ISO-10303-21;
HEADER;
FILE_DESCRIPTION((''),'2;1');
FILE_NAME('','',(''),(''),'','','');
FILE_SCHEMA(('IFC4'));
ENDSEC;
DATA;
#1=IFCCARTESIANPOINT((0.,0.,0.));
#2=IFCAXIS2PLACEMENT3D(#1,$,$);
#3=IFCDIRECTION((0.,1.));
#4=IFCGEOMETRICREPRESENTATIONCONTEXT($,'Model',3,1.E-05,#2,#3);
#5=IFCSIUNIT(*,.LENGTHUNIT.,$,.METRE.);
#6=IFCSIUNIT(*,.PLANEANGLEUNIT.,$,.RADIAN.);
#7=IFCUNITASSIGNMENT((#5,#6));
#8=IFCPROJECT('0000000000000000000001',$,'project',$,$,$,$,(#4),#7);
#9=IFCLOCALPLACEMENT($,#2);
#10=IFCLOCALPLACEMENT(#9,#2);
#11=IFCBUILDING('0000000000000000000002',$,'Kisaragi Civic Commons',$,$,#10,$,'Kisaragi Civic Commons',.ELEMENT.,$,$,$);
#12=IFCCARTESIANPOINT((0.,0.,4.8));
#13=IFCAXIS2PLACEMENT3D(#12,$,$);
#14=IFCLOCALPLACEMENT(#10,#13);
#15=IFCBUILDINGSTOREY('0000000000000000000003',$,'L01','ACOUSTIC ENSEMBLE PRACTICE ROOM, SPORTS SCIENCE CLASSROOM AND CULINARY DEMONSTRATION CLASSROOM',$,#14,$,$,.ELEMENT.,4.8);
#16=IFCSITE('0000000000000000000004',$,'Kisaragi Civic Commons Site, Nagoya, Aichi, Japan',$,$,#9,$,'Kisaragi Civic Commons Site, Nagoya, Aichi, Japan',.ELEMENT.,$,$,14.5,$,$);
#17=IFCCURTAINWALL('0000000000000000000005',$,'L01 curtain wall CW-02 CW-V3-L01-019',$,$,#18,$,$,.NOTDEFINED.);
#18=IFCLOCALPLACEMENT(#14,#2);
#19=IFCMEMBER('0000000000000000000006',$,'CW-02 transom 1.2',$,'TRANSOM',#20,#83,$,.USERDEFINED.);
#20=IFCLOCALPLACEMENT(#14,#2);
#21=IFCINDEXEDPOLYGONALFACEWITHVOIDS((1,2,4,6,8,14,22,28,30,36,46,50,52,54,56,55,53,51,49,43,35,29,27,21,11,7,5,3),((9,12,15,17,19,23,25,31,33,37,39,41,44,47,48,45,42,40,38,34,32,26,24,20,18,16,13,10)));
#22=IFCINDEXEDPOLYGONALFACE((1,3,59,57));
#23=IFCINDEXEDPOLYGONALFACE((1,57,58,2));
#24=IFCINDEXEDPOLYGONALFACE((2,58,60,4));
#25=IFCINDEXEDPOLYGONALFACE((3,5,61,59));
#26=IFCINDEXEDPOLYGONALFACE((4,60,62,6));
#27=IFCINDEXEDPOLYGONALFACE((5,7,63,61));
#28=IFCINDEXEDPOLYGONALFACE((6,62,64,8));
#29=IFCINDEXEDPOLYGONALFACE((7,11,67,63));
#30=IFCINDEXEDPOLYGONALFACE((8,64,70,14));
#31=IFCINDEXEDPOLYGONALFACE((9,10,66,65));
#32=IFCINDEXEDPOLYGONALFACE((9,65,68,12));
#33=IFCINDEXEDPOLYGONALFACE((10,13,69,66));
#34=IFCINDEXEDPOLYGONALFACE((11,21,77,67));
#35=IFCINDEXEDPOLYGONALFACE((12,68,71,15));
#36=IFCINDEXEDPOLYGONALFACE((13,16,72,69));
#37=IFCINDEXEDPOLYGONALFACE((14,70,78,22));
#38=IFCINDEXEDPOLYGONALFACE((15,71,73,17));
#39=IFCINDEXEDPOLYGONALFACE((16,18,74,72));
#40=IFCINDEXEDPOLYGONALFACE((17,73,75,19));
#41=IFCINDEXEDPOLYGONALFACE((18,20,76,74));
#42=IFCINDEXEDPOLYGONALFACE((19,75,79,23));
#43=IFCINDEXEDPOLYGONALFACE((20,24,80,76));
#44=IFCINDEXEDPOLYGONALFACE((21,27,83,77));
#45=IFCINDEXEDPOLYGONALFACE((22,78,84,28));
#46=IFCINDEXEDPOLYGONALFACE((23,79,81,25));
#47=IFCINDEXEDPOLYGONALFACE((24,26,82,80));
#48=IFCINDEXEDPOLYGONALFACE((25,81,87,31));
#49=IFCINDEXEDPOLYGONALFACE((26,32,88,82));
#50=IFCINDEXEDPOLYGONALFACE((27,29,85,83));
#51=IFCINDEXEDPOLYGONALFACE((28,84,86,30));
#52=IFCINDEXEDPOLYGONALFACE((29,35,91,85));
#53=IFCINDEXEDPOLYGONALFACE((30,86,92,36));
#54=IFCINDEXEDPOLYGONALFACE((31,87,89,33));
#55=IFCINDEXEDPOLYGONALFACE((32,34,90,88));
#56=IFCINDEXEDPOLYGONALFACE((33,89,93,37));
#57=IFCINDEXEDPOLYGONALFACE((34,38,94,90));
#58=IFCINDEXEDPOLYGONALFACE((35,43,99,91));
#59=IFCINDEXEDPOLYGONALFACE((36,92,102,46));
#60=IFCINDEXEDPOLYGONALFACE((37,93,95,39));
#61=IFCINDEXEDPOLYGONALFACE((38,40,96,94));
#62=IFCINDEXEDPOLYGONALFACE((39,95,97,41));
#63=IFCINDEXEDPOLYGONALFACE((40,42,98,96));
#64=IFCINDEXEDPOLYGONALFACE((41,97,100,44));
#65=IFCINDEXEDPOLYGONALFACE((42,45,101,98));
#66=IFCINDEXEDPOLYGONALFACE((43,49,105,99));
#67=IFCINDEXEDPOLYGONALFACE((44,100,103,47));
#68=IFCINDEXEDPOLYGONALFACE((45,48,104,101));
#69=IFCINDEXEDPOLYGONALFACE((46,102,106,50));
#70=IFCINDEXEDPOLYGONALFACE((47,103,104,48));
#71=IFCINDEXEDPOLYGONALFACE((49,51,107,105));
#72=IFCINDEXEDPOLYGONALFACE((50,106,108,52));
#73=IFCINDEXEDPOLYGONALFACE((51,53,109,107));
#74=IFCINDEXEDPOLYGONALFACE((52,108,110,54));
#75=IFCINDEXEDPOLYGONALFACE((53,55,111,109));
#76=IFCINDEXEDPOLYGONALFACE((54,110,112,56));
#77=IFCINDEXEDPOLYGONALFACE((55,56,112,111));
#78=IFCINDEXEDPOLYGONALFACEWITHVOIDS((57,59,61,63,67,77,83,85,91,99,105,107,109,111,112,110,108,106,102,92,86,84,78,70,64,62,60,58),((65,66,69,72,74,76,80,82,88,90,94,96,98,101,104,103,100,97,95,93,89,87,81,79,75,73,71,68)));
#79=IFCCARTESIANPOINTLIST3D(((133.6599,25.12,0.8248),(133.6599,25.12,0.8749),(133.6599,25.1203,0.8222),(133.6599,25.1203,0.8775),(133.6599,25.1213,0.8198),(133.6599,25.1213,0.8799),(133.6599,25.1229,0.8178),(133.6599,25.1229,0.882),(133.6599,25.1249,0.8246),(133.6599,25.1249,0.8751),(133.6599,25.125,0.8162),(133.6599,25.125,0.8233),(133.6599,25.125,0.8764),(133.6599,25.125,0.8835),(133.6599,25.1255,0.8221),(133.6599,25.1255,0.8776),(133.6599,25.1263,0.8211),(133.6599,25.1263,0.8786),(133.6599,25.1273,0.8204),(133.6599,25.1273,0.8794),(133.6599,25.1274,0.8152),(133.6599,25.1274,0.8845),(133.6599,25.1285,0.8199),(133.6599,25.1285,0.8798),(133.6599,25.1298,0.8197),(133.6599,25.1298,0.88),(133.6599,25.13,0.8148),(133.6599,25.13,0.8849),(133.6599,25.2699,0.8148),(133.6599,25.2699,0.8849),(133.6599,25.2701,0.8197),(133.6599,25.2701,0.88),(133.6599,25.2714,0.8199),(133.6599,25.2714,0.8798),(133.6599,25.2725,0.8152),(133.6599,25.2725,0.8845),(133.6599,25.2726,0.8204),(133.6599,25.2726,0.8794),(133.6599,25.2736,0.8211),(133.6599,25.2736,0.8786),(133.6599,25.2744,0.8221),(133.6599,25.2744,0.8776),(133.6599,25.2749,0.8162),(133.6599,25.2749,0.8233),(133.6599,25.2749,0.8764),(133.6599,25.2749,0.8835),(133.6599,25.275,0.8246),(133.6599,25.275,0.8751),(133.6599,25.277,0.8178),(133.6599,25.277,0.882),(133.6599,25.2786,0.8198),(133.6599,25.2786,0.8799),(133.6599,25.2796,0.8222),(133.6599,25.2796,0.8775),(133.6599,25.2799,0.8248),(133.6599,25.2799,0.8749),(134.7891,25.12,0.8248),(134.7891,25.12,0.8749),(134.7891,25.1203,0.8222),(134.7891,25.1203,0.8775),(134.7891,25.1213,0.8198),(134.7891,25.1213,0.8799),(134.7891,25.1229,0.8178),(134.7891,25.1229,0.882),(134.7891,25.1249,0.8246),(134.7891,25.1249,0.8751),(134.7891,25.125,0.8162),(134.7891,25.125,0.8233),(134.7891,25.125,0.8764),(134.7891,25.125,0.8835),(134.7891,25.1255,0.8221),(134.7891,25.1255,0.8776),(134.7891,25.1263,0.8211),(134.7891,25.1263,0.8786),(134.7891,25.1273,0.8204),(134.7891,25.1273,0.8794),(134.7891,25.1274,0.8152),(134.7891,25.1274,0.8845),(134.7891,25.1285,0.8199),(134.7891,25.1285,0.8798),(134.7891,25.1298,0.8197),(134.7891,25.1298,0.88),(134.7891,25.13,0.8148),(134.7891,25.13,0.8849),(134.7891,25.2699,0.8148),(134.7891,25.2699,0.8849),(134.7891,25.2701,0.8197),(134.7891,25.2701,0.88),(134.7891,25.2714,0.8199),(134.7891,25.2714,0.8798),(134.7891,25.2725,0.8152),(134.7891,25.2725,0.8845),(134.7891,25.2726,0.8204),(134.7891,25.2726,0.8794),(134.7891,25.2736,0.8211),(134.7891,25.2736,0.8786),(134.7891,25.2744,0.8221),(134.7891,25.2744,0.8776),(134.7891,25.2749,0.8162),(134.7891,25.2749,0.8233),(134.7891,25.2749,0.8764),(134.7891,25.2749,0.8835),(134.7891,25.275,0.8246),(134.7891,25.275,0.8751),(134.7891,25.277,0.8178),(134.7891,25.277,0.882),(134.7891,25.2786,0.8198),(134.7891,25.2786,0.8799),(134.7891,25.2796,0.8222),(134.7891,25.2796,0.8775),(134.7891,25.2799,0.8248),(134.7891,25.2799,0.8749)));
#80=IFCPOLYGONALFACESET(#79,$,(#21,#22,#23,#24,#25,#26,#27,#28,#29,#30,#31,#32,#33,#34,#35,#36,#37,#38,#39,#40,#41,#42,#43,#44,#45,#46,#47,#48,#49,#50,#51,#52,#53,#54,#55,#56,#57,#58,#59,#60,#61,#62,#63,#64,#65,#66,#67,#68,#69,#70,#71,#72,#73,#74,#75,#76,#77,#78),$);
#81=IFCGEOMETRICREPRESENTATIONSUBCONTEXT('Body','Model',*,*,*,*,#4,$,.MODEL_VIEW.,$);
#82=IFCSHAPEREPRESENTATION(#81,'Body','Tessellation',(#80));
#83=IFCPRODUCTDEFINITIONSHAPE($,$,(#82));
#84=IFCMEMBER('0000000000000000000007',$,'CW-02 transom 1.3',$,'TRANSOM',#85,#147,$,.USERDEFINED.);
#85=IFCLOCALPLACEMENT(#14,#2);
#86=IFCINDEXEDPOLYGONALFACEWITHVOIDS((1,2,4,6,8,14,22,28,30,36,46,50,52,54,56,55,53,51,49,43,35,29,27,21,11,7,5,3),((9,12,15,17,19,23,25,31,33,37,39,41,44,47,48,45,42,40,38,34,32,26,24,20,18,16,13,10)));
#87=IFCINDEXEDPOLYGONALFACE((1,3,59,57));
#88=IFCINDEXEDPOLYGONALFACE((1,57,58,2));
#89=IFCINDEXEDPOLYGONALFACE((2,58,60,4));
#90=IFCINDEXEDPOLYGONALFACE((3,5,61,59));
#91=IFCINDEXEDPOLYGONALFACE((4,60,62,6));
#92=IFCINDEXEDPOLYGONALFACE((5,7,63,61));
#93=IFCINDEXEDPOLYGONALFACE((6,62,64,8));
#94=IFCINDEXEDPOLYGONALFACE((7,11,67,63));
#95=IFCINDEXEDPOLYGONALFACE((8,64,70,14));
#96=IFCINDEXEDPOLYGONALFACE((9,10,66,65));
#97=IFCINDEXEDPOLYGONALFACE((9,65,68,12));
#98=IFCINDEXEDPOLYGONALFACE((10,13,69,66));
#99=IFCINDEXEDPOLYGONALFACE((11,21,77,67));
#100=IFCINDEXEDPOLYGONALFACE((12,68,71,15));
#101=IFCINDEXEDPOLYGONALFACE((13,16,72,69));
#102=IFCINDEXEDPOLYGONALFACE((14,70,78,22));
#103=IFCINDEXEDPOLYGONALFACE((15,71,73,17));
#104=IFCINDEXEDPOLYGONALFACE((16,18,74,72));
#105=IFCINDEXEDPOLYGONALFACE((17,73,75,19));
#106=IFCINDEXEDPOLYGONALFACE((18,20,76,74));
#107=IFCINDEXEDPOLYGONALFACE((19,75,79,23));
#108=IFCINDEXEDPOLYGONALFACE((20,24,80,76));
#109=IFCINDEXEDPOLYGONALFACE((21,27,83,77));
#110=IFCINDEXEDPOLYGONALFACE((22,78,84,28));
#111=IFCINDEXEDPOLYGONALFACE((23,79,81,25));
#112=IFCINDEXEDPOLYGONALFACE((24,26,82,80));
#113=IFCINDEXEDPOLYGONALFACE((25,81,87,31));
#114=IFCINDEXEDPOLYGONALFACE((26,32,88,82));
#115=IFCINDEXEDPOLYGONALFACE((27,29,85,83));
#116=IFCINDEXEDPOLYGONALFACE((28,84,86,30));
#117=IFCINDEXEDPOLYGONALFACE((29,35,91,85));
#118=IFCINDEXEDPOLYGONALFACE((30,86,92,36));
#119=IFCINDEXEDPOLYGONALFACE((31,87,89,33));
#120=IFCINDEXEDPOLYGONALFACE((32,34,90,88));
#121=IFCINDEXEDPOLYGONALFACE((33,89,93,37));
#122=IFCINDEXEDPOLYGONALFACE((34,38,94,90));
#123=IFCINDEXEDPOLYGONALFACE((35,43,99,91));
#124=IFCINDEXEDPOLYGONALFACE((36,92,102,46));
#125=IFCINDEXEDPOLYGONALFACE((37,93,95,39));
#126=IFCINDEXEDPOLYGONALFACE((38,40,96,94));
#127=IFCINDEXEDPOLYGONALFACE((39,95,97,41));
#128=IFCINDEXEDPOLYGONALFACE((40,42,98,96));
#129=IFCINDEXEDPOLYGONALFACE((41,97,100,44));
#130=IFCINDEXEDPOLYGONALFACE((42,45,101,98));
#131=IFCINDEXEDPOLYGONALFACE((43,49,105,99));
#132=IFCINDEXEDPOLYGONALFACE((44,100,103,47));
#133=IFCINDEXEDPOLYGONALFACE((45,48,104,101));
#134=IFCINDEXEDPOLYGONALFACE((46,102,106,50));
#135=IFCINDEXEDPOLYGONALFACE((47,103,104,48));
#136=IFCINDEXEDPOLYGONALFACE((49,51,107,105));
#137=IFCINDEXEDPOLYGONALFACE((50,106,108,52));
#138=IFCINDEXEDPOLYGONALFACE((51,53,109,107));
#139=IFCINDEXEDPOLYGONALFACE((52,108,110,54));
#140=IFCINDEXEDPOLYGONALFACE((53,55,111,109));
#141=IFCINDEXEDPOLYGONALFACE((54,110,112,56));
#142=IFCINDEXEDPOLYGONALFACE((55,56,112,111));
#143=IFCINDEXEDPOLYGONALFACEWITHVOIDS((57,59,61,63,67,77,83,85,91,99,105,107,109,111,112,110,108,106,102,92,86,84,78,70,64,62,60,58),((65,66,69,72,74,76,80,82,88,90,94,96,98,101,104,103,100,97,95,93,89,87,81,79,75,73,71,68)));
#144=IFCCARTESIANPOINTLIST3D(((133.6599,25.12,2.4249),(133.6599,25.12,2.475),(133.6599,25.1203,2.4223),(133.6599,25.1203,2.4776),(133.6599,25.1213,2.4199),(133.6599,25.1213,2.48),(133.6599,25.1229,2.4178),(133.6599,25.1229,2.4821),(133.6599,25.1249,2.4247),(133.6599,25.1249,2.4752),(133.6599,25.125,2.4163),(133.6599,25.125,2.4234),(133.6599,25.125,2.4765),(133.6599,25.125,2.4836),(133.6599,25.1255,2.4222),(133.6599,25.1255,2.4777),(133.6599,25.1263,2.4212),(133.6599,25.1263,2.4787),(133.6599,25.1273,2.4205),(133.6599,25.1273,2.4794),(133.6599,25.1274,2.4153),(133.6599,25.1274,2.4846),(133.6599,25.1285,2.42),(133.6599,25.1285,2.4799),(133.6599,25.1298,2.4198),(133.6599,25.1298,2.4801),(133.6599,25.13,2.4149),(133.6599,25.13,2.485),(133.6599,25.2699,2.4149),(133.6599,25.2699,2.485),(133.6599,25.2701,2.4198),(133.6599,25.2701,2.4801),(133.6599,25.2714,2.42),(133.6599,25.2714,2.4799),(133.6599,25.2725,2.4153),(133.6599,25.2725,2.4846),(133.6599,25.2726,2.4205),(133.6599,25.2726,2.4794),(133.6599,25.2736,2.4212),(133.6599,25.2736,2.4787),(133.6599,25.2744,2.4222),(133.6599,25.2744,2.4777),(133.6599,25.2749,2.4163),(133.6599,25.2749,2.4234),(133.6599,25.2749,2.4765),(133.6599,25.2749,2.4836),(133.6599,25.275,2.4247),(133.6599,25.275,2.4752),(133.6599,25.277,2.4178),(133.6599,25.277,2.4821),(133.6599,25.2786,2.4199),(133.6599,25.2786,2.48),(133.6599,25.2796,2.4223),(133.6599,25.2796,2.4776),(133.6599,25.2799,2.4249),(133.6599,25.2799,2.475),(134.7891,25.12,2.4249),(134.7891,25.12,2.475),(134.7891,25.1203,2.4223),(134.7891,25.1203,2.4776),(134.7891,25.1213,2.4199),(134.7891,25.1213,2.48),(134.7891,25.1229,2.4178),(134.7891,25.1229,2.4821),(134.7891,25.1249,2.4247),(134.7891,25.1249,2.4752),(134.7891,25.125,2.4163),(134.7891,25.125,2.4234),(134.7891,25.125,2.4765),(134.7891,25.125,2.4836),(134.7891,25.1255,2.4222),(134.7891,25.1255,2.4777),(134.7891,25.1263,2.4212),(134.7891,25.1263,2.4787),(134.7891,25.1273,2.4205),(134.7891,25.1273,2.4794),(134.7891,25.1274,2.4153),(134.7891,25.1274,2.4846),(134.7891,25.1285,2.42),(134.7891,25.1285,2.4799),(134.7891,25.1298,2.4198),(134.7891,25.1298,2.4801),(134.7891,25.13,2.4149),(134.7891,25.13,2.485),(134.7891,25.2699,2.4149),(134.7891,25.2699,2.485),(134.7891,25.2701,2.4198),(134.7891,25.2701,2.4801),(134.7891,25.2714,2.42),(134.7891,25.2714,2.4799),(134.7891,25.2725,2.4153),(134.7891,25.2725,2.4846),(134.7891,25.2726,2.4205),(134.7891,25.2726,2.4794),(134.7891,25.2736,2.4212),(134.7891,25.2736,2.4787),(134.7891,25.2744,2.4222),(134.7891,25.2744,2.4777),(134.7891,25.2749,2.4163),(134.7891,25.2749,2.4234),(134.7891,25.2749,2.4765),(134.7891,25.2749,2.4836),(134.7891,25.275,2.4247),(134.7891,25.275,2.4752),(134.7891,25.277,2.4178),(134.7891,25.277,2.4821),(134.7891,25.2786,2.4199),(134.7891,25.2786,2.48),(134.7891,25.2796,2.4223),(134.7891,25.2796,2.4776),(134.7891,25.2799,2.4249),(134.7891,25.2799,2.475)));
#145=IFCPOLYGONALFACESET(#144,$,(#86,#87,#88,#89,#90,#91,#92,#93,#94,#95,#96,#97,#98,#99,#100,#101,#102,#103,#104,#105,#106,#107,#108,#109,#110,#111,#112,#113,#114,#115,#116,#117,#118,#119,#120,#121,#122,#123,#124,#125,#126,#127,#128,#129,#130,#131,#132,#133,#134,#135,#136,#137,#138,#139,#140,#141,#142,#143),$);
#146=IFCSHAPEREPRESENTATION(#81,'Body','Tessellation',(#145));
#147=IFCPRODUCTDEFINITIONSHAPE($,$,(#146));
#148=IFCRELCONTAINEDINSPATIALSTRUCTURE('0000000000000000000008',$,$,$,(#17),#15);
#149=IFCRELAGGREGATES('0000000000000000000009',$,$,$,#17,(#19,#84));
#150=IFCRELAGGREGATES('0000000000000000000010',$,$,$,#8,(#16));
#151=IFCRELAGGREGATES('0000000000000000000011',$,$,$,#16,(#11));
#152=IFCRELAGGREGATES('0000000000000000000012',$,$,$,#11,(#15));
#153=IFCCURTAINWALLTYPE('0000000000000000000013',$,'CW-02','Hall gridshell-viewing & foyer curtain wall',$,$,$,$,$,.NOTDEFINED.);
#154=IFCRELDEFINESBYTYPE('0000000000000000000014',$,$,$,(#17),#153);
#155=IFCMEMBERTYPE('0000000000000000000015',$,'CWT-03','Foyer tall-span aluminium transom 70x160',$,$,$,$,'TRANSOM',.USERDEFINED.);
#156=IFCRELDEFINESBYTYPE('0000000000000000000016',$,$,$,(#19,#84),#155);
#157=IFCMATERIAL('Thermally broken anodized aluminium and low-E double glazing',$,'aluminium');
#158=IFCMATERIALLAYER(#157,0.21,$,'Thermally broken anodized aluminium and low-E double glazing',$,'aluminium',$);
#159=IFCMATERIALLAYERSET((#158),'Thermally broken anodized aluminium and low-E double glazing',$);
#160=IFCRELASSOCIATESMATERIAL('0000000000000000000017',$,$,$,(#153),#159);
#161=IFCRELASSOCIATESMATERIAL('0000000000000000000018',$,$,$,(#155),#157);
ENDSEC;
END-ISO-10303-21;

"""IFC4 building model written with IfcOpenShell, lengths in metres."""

from ifc_helpers import new_model, si_unit, direction, frame, origin, origin_2d, place, context, subcontext, project, spatial, hollow_rectangle, extrude, material, layer, layer_set, material_profile, profile_set, type_object, element, aggregate, save


model = new_model("IFC4")

# Units and contexts
model_context = context("Model", 3, precision=1e-05, world=origin(), true_north=direction((0.0, 1.0)))
body_context = subcontext(model_context, "Body", "Model", "MODEL_VIEW")
ifc_project = project(units=[si_unit("LENGTHUNIT", "METRE"), si_unit("PLANEANGLEUNIT", "RADIAN")], contexts=[model_context])

# Site, building, storey
site_placement = place(None, origin())
site = spatial("IfcSite", under=ifc_project, at=site_placement, Name="Kisaragi Civic Commons Site, Nagoya, Aichi, Japan", LongName="Kisaragi Civic Commons Site, Nagoya, Aichi, Japan", CompositionType="ELEMENT", RefElevation=14.5)
building_placement = place(site_placement, origin())
building = spatial("IfcBuilding", under=site, at=building_placement, Name="Kisaragi Civic Commons", LongName="Kisaragi Civic Commons", CompositionType="ELEMENT")
storey_placement = place(building_placement, frame((0.0, 0.0, 4.8)))
storey = spatial("IfcBuildingStorey", under=building, at=storey_placement, Name="L01", Description="ACOUSTIC ENSEMBLE PRACTICE ROOM, SPORTS SCIENCE CLASSROOM AND CULINARY DEMONSTRATION CLASSROOM", CompositionType="ELEMENT", Elevation=4.8)

# Curtain wall, members
ifc_material_1 = material(Name="Thermally broken anodized aluminium and low-E double glazing", Category="aluminium")
ifc_layer_1 = layer(ifc_material_1, 0.21, Name="Thermally broken anodized aluminium and low-E double glazing", Category="aluminium")
ifc_layer_set_1 = layer_set([ifc_layer_1], Name="Thermally broken anodized aluminium and low-E double glazing")
curtain_wall_type = type_object("IfcCurtainWallType", Name="CW-02", Description="Hall gridshell-viewing & foyer curtain wall", PredefinedType="NOTDEFINED", material=ifc_layer_set_1)
curtain_wall_placement = place(storey_placement, origin())
curtain_wall = element("IfcCurtainWall", 1, at=curtain_wall_placement, inside=storey, type_object=curtain_wall_type, Name="L01 curtain wall CW-02 CW-V3-L01-019", PredefinedType="NOTDEFINED")
ifc_material_profile_1 = material_profile(ifc_material_1, hollow_rectangle(XDim=0.1599, YDim=0.0701, WallThickness=0.0049, InnerFilletRadius=0.0049, OuterFilletRadius=0.01, at=origin_2d()), Name="CWT-70x160x5", Category="aluminium")
ifc_profile_set_1 = profile_set([ifc_material_profile_1], Name="Thermally broken anodized aluminium and low-E double glazing")
member_type_1 = type_object("IfcMemberType", Name="CWT-03", Description="Foyer tall-span aluminium transom 70x160", ElementType="TRANSOM", PredefinedType="USERDEFINED", material=ifc_profile_set_1)
member_1_placement = place(storey_placement, frame((133.6599, 25.2, 0.8499), z_axis=(1.0, 0.0, 0.0), x_axis=(0.0, 1.0, 0.0)))
member_1 = element("IfcMember", 2, at=member_1_placement, type_object=member_type_1, Name="CW-02 transom 1.2", ObjectType="TRANSOM", PredefinedType="USERDEFINED", context=body_context, shape_type="SweptSolid", body=[
    extrude(hollow_rectangle(XDim=0.1599, YDim=0.0701, WallThickness=0.0049, InnerFilletRadius=0.0049, OuterFilletRadius=0.01, at=origin_2d()), origin(), (0.0, 0.0, 1.0), 1.1292),
])
member_2_placement = place(storey_placement, frame((133.6599, 25.2, 2.45), z_axis=(1.0, 0.0, 0.0), x_axis=(0.0, 1.0, 0.0)))
member_2 = element("IfcMember", 3, at=member_2_placement, type_object=member_type_1, Name="CW-02 transom 1.3", ObjectType="TRANSOM", PredefinedType="USERDEFINED", context=body_context, shape_type="SweptSolid", body=[
    extrude(hollow_rectangle(XDim=0.1599, YDim=0.0701, WallThickness=0.0049, InnerFilletRadius=0.0049, OuterFilletRadius=0.01, at=origin_2d()), origin(), (0.0, 0.0, 1.0), 1.1292),
])

aggregate(curtain_wall, [member_1, member_2])

save(model, "model.ifc")
